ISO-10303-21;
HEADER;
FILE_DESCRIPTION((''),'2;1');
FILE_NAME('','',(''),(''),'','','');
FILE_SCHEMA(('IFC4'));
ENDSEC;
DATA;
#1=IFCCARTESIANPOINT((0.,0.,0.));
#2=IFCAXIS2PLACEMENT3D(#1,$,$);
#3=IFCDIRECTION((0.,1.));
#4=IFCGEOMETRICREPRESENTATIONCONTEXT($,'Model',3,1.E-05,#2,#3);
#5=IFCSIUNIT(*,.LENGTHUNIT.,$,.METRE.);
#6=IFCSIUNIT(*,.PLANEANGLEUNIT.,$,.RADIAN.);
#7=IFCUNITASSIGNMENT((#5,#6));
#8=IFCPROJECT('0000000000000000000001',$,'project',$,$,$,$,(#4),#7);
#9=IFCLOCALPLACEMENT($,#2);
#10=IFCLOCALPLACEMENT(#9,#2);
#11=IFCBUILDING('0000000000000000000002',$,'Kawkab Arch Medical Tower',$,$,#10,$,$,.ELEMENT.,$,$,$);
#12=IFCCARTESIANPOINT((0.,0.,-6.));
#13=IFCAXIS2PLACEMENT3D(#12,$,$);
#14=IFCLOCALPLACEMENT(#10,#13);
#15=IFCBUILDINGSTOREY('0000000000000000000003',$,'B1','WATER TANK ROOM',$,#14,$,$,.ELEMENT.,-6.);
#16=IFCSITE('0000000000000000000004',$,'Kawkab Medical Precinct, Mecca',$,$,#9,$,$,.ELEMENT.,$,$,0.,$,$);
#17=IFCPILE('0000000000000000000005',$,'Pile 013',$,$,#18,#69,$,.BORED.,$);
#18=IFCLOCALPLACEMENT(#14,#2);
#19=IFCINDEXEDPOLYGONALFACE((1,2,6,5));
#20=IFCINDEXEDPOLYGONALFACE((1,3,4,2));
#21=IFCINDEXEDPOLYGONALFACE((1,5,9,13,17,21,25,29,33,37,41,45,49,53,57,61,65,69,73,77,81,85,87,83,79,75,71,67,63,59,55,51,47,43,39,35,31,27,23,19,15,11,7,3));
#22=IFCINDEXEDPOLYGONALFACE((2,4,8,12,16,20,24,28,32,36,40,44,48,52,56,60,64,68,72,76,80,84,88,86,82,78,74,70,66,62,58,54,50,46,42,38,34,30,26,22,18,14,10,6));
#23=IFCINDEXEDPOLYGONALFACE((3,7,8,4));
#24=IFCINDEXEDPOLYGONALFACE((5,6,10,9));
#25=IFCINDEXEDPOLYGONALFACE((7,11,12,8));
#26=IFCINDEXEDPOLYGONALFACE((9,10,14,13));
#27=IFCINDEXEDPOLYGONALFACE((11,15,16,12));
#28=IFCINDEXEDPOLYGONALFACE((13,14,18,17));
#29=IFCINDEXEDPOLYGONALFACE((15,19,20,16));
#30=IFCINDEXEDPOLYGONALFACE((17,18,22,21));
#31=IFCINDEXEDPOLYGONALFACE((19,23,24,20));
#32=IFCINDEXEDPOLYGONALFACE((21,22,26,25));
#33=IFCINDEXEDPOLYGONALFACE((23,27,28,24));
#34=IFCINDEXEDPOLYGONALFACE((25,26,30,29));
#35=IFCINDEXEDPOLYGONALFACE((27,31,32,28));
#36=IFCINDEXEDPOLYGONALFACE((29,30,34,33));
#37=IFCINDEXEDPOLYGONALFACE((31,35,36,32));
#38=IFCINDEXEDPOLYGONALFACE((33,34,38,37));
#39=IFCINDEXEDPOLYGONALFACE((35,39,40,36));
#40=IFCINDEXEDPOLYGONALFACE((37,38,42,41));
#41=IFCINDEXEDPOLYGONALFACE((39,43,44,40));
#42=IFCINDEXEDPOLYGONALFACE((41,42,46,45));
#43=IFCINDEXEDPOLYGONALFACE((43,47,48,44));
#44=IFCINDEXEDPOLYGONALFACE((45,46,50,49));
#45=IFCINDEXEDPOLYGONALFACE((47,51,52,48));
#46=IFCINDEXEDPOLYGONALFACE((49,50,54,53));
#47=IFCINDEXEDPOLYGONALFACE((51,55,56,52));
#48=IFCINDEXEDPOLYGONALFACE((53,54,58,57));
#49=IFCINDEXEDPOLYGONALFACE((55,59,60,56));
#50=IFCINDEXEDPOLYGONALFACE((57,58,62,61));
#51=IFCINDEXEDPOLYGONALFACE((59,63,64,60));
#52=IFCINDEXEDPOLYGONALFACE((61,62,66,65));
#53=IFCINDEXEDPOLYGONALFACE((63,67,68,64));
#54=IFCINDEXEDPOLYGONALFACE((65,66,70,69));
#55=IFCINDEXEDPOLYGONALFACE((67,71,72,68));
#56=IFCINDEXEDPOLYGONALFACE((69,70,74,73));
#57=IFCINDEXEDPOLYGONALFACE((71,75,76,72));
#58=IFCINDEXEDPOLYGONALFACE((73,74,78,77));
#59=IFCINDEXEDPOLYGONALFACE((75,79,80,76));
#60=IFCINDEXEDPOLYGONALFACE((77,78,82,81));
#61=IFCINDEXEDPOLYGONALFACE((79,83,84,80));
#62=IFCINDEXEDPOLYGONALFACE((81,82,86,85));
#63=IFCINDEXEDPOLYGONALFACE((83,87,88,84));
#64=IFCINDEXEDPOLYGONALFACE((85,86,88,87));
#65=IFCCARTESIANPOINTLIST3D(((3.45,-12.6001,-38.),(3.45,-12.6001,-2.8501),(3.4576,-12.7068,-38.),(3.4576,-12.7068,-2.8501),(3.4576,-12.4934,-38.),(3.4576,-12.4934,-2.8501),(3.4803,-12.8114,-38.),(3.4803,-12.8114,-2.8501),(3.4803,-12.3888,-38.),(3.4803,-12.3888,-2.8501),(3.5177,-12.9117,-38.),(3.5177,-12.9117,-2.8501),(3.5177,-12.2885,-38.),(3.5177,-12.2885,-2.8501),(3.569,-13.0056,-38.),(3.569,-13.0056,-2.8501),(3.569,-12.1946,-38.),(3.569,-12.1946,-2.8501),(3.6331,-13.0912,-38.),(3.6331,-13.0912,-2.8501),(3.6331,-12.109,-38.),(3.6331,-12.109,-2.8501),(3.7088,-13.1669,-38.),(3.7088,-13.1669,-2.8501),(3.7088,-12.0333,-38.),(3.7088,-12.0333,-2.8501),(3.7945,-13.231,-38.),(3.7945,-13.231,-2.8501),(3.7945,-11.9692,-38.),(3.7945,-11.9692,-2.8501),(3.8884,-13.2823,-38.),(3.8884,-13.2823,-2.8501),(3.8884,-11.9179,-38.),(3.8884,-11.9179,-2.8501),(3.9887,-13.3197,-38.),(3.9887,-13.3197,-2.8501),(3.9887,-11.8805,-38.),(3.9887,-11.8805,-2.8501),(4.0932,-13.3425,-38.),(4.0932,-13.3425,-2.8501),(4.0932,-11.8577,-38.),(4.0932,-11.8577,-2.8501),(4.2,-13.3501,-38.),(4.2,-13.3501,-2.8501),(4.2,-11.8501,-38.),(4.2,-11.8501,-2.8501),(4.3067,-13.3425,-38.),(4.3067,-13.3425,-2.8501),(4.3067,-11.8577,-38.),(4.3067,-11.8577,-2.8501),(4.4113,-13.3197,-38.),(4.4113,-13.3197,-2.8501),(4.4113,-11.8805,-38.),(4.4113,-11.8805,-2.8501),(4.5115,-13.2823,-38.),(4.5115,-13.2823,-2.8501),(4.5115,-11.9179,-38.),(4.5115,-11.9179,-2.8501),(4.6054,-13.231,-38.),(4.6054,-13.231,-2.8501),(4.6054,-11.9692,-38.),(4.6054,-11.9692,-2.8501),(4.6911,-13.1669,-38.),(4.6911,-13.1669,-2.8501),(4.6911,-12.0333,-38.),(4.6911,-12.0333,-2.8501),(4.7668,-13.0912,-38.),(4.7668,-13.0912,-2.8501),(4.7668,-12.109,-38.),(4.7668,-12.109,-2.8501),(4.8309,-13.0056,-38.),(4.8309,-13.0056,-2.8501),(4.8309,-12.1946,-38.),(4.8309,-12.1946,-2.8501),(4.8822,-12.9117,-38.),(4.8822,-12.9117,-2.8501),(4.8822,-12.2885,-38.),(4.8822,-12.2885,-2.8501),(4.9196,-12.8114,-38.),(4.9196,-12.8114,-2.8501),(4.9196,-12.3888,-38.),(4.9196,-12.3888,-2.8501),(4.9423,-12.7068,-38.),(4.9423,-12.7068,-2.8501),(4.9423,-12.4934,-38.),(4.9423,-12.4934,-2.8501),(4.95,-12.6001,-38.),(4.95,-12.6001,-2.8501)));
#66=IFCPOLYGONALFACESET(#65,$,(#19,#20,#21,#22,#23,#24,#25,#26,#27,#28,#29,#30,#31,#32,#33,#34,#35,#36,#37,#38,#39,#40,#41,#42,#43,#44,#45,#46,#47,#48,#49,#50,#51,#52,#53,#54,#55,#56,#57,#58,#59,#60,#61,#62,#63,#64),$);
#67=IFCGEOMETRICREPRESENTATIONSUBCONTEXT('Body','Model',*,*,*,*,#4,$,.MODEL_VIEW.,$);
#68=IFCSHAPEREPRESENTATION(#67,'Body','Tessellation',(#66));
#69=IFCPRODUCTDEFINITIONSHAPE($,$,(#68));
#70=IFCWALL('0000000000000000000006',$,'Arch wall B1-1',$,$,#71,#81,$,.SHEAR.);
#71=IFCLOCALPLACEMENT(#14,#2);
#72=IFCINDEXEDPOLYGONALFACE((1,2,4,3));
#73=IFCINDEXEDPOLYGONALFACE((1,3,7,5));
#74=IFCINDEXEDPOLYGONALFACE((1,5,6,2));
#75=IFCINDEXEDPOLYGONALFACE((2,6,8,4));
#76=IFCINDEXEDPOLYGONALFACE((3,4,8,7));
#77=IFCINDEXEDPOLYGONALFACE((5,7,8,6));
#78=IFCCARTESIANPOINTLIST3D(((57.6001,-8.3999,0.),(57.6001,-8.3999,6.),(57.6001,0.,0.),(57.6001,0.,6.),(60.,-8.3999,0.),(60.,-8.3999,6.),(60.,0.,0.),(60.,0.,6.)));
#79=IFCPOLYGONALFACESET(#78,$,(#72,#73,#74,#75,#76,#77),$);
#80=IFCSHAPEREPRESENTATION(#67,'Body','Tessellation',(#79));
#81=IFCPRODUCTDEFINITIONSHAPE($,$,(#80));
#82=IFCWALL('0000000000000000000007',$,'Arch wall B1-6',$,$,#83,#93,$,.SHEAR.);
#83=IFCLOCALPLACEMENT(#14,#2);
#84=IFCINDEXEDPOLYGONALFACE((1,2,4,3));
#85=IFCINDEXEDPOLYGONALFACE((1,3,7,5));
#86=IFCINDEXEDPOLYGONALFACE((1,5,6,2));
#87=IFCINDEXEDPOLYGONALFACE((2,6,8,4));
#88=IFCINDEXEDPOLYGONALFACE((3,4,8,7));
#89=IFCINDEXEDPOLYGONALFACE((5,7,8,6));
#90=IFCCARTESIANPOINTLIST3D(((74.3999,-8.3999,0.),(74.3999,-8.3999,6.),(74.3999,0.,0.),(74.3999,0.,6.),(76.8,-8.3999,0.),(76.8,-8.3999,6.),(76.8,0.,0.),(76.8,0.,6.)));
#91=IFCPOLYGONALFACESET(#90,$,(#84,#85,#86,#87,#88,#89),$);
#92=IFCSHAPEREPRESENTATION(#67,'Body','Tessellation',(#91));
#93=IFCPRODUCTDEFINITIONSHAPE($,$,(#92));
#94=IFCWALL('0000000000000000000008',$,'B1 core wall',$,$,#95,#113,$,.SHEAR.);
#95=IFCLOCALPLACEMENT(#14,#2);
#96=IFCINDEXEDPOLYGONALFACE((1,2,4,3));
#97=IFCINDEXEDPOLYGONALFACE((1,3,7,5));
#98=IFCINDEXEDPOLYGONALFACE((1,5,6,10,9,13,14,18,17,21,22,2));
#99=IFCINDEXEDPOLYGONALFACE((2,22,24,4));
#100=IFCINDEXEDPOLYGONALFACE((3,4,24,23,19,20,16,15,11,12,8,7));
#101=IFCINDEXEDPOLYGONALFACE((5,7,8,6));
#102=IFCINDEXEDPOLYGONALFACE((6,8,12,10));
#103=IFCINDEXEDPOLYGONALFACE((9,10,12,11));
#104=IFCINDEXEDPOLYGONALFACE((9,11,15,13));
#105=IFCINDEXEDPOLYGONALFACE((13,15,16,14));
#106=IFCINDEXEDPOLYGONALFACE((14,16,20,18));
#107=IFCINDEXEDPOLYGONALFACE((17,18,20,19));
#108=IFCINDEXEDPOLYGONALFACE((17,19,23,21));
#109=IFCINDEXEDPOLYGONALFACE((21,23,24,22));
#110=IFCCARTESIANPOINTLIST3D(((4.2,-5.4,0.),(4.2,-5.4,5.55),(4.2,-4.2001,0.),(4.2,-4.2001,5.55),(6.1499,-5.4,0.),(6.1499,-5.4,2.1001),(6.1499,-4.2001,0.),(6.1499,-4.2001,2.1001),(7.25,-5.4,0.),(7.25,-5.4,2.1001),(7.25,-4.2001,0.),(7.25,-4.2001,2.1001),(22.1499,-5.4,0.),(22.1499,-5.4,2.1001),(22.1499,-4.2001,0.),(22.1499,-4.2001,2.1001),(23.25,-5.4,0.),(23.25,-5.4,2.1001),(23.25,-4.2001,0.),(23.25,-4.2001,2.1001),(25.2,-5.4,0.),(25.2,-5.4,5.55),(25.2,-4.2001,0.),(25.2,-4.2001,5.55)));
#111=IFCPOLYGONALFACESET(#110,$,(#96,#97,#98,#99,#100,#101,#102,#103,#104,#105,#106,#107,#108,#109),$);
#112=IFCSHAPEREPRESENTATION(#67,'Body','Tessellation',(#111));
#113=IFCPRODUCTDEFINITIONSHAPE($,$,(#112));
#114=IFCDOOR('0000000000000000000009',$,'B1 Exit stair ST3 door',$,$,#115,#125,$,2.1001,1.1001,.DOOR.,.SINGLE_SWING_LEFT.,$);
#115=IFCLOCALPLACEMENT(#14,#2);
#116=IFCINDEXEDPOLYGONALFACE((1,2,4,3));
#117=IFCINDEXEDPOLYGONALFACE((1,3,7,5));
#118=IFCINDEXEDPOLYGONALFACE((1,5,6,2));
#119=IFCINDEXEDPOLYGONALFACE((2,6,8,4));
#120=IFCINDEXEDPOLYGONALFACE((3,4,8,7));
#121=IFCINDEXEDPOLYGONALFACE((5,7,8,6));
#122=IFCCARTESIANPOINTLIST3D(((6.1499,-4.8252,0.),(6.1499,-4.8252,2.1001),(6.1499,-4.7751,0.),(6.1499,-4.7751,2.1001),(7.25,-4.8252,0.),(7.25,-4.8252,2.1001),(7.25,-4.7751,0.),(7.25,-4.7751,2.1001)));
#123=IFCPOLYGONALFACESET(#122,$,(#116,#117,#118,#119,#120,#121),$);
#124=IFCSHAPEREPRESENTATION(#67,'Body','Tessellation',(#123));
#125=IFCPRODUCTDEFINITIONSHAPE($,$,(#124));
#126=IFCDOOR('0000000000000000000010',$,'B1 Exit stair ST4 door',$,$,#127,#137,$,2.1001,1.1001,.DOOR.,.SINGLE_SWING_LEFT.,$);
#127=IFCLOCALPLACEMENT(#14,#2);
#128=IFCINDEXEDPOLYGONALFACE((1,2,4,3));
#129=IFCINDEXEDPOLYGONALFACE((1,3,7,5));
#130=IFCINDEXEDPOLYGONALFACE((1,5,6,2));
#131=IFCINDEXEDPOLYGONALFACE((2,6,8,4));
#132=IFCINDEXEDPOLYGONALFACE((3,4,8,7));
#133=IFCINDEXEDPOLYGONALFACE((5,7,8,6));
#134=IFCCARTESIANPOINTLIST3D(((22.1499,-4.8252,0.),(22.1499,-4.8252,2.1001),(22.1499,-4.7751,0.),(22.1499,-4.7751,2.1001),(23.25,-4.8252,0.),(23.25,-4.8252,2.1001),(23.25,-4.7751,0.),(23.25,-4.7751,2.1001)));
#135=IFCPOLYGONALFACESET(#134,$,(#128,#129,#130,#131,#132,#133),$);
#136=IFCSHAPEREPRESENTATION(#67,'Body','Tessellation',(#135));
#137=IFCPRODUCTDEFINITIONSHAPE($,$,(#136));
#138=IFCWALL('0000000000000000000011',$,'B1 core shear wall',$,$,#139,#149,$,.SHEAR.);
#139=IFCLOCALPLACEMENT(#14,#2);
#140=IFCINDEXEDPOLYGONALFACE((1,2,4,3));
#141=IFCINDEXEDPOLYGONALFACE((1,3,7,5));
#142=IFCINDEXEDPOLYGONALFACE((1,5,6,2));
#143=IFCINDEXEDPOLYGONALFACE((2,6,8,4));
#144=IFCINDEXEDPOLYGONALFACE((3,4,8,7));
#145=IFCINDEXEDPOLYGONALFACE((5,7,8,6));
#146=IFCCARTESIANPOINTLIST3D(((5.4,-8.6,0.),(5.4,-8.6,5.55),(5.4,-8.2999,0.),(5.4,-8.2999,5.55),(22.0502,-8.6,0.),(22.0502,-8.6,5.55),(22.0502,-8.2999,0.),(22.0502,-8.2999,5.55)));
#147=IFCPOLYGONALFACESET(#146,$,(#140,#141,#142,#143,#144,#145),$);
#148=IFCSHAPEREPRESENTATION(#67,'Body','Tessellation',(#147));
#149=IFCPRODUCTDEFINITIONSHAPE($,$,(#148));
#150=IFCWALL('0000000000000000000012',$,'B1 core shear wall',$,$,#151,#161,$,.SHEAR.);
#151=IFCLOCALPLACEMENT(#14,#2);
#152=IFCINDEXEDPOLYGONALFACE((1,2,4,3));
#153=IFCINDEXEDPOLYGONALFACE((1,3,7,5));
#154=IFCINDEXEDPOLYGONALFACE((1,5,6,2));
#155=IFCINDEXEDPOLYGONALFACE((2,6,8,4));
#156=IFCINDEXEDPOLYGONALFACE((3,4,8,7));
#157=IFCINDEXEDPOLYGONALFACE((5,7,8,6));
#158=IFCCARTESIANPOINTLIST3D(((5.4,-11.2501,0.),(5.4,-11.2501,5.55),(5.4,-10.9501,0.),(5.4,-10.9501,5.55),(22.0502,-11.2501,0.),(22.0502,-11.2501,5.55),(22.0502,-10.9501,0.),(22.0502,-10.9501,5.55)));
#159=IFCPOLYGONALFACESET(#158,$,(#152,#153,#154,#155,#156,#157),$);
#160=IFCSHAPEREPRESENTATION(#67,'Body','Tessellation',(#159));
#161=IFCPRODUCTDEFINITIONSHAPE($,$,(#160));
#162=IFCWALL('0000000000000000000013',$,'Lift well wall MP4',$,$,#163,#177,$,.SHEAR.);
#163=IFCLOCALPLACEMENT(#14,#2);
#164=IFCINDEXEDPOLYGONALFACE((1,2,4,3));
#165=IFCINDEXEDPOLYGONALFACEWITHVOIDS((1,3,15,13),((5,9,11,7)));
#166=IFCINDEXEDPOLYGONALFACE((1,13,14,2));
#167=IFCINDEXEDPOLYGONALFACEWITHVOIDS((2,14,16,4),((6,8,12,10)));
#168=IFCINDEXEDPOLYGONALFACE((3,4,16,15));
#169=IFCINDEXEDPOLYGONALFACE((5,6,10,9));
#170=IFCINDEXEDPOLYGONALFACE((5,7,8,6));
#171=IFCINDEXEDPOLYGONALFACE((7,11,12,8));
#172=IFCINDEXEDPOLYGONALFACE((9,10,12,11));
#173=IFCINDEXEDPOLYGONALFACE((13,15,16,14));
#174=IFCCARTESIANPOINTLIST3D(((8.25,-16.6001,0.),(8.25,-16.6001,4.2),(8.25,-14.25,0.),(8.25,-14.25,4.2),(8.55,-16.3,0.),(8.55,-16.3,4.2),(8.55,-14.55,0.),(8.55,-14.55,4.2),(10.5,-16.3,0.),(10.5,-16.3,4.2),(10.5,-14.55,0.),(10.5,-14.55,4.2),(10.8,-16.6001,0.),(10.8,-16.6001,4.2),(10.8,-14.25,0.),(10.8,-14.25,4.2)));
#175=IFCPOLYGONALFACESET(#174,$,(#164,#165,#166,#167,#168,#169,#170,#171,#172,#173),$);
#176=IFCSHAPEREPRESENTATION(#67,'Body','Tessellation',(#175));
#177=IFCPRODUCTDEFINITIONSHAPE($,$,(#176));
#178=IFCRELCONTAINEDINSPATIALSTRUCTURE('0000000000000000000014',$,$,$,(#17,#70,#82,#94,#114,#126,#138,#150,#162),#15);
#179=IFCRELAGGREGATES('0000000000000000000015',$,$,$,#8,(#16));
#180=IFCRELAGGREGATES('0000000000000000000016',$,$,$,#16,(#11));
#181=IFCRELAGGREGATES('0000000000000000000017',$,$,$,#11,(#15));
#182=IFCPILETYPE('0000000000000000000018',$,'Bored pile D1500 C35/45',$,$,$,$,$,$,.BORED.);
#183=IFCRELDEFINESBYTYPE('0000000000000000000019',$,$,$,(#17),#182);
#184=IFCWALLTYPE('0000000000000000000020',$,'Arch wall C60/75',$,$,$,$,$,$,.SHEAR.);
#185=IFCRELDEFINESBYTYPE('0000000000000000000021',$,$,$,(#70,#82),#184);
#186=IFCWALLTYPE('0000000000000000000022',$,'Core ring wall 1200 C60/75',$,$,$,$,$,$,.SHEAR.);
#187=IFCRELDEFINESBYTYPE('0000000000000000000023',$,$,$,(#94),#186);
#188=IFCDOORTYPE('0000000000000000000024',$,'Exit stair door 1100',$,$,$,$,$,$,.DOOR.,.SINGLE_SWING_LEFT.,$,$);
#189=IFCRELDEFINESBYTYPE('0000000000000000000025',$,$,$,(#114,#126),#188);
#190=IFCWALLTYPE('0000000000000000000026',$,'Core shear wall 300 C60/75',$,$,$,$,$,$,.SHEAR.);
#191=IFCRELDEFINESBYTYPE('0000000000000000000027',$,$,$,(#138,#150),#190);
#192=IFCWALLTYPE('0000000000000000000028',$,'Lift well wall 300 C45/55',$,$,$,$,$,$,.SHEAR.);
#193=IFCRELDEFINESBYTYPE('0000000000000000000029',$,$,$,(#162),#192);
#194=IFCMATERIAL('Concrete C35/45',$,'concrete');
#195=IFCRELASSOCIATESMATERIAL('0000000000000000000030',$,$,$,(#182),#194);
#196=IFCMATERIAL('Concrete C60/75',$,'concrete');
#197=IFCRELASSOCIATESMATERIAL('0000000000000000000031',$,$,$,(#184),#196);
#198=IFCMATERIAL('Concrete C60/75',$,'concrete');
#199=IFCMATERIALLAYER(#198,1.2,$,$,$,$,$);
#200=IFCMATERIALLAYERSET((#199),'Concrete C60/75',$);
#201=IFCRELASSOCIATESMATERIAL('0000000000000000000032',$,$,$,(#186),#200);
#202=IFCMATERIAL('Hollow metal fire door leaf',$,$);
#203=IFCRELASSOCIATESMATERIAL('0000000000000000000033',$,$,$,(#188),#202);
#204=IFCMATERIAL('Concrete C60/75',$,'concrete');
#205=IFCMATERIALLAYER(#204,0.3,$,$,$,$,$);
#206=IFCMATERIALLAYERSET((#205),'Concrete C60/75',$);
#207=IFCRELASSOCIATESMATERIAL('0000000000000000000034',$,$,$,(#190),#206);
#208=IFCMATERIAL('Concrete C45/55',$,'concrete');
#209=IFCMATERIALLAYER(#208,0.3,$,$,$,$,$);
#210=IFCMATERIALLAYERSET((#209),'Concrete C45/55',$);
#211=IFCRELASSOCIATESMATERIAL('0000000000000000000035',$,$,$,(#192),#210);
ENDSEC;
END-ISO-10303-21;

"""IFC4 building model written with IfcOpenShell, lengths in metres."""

from ifc_helpers import new_model, si_unit, direction, frame, frame_2d, origin, origin_2d, place, context, subcontext, project, spatial, polyline, rectangle, circle, outline, extrude, material, layer, layer_set, material_profile, profile_set, type_object, element, fill, save


model = new_model("IFC4")

# Units and contexts
model_context = context("Model", 3, precision=1e-05, world=origin(), true_north=direction((0.0, 1.0)))
body_context = subcontext(model_context, "Body", "Model", "MODEL_VIEW")
ifc_project = project(units=[si_unit("LENGTHUNIT", "METRE"), si_unit("PLANEANGLEUNIT", "RADIAN")], contexts=[model_context])

# Site, building, storey
site_placement = place(None, origin())
site = spatial("IfcSite", under=ifc_project, at=site_placement, Name="Kawkab Medical Precinct, Mecca", CompositionType="ELEMENT", RefElevation=0.0)
building_placement = place(site_placement, origin())
building = spatial("IfcBuilding", under=site, at=building_placement, Name="Kawkab Arch Medical Tower", CompositionType="ELEMENT")
storey_placement = place(building_placement, frame((0.0, 0.0, -6.0)))
storey = spatial("IfcBuildingStorey", under=building, at=storey_placement, Name="B1", Description="WATER TANK ROOM", CompositionType="ELEMENT", Elevation=-6.0)

# Pile
ifc_material_1 = material(Name="Concrete C35/45", Category="concrete")
ifc_material_profile_1 = material_profile(ifc_material_1, circle(Radius=0.75, at=origin_2d()), Name="Bored pile D1500")
ifc_profile_set_1 = profile_set([ifc_material_profile_1], Name="Concrete C35/45")
pile_type_1 = type_object("IfcPileType", Name="Bored pile D1500 C35/45", PredefinedType="BORED", material=ifc_profile_set_1)
for number, where, z_axis, x_axis, name in (
    (1, (4.2, -12.6001, -2.8501), (0.0, 0.0, -1.0), (1.0, 0.0, 0.0), "Pile 013"),
):
    element("IfcPile", number, at=place(storey_placement, frame(where, z_axis=z_axis, x_axis=x_axis)), inside=storey, type_object=pile_type_1, Name=name, PredefinedType="BORED", context=body_context, shape_type="SweptSolid", body=[
        extrude(circle(Radius=0.75, at=origin_2d()), origin(), (0.0, 0.0, 1.0), 35.1499),
    ])

# Walls
ifc_material_2 = material(Name="Concrete C60/75", Category="concrete")
wall_type_1 = type_object("IfcWallType", Name="Arch wall C60/75", PredefinedType="SHEAR", material=ifc_material_2)
placement_1 = place(storey_placement, frame((0.0, 0.0, 6.0), z_axis=(0.0, -1.0, 0.0), x_axis=(1.0, 0.0, 0.0)))
element("IfcWall", 2, at=placement_1, inside=storey, type_object=wall_type_1, Name="Arch wall B1-1", PredefinedType="SHEAR", context=body_context, shape_type="SweptSolid", body=[
    extrude(outline(polyline([(60.0, 0.0), (60.0, -6.0), (57.6001, -6.0), (57.6001, 0.0), (60.0, 0.0)])), origin(), (0.0, 0.0, 1.0), 8.3999),
])
element("IfcWall", 3, at=placement_1, inside=storey, type_object=wall_type_1, Name="Arch wall B1-6", PredefinedType="SHEAR", context=body_context, shape_type="SweptSolid", body=[
    extrude(outline(polyline([(74.3999, -6.0), (74.3999, 0.0), (76.8, 0.0), (76.8, -6.0), (74.3999, -6.0)])), origin(), (0.0, 0.0, 1.0), 8.3999),
])

# Wall, openings, doors
ifc_material_3 = material(Name="Concrete C60/75", Category="concrete")
ifc_layer_1 = layer(ifc_material_3, 1.2)
ifc_layer_set_1 = layer_set([ifc_layer_1], Name="Concrete C60/75")
wall_type_2 = type_object("IfcWallType", Name="Core ring wall 1200 C60/75", PredefinedType="SHEAR", material=ifc_layer_set_1)
wall_1_placement = place(storey_placement, frame((4.2, -4.8, 0.0), z_axis=(0.0, 0.0, 1.0), x_axis=(1.0, 0.0, 0.0)))
wall_1 = element("IfcWall", 4, at=wall_1_placement, inside=storey, type_object=wall_type_2, Name="B1 core wall", PredefinedType="SHEAR", context=body_context, shape_type="SweptSolid", body=[
    extrude(rectangle(XDim=21.0, YDim=1.2, at=frame_2d((10.5, 0.0))), origin(), (0.0, 0.0, 1.0), 5.55),
])
opening_1_placement = place(wall_1_placement, frame((1.95, 0.0, 0.0)))
opening_1 = element("IfcOpeningElement", 5, at=opening_1_placement, cuts=wall_1, PredefinedType="OPENING", context=body_context, shape_type="SweptSolid", body=[
    extrude(rectangle(XDim=1.1001, YDim=2.1001, at=frame_2d((0.55, 1.05))), frame((0.0, 0.6099, 0.0), z_axis=(0.0, -1.0, 0.0), x_axis=(1.0, 0.0, 0.0)), (0.0, 0.0, 1.0), 1.22),
])
opening_2_placement = place(wall_1_placement, frame((17.95, 0.0, 0.0)))
opening_2 = element("IfcOpeningElement", 6, at=opening_2_placement, cuts=wall_1, PredefinedType="OPENING", context=body_context, shape_type="SweptSolid", body=[
    extrude(rectangle(XDim=1.1001, YDim=2.1001, at=frame_2d((0.55, 1.05))), frame((0.0, 0.6099, 0.0), z_axis=(0.0, -1.0, 0.0), x_axis=(1.0, 0.0, 0.0)), (0.0, 0.0, 1.0), 1.22),
])
ifc_material_4 = material(Name="Hollow metal fire door leaf")
door_type = type_object("IfcDoorType", Name="Exit stair door 1100", OperationType="SINGLE_SWING_LEFT", PredefinedType="DOOR", material=ifc_material_4)
door_1_placement = place(opening_1_placement, origin())
door_1 = element("IfcDoor", 7, at=door_1_placement, inside=storey, type_object=door_type, Name="B1 Exit stair ST3 door", OperationType="SINGLE_SWING_LEFT", OverallHeight=2.1001, OverallWidth=1.1001, PredefinedType="DOOR", context=body_context, shape_type="SweptSolid", body=[
    extrude(rectangle(XDim=1.1001, YDim=2.1001, at=frame_2d((0.55, 1.05))), frame((0.0, 0.0249, 0.0), z_axis=(0.0, -1.0, 0.0), x_axis=(1.0, 0.0, 0.0)), (0.0, 0.0, 1.0), 0.05),
])
fill(opening_1, door_1)
door_2_placement = place(opening_2_placement, origin())
door_2 = element("IfcDoor", 8, at=door_2_placement, inside=storey, type_object=door_type, Name="B1 Exit stair ST4 door", OperationType="SINGLE_SWING_LEFT", OverallHeight=2.1001, OverallWidth=1.1001, PredefinedType="DOOR", context=body_context, shape_type="SweptSolid", body=[
    extrude(rectangle(XDim=1.1001, YDim=2.1001, at=frame_2d((0.55, 1.05))), frame((0.0, 0.0249, 0.0), z_axis=(0.0, -1.0, 0.0), x_axis=(1.0, 0.0, 0.0)), (0.0, 0.0, 1.0), 0.05),
])
fill(opening_2, door_2)

# Walls
ifc_material_5 = material(Name="Concrete C60/75", Category="concrete")
ifc_layer_2 = layer(ifc_material_5, 0.3)
ifc_layer_set_2 = layer_set([ifc_layer_2], Name="Concrete C60/75")
wall_type_3 = type_object("IfcWallType", Name="Core shear wall 300 C60/75", PredefinedType="SHEAR", material=ifc_layer_set_2)
for number, where, z_axis, x_axis, name in (
    (9, (5.3999, -8.45, 0.0), (0.0, 0.0, 1.0), (1.0, 0.0, 0.0), "B1 core shear wall"),
    (10, (5.3999, -11.1001, 0.0), (0.0, 0.0, 1.0), (1.0, 0.0, 0.0), "B1 core shear wall"),
):
    element("IfcWall", number, at=place(storey_placement, frame(where, z_axis=z_axis, x_axis=x_axis)), inside=storey, type_object=wall_type_3, Name=name, PredefinedType="SHEAR", context=body_context, shape_type="SweptSolid", body=[
        extrude(rectangle(XDim=16.6501, YDim=0.3, at=frame_2d((8.3252, 0.0))), origin(), (0.0, 0.0, 1.0), 5.55),
    ])
ifc_material_6 = material(Name="Concrete C45/55", Category="concrete")
ifc_layer_3 = layer(ifc_material_6, 0.3)
ifc_layer_set_3 = layer_set([ifc_layer_3], Name="Concrete C45/55")
wall_type_4 = type_object("IfcWallType", Name="Lift well wall 300 C45/55", PredefinedType="SHEAR", material=ifc_layer_set_3)
placement_2 = place(storey_placement, origin())
element("IfcWall", 11, at=placement_2, inside=storey, type_object=wall_type_4, Name="Lift well wall MP4", PredefinedType="SHEAR", context=body_context, shape_type="SweptSolid", body=[
    extrude(outline(polyline([(8.25, -16.6001), (8.25, -14.25), (10.8, -14.25), (10.8, -16.6001), (8.25, -16.6001)]), holes=[polyline([(10.5, -14.55), (8.55, -14.55), (8.55, -16.3), (10.5, -16.3), (10.5, -14.55)])]), origin(), (0.0, 0.0, 1.0), 4.2),
])

save(model, "model.ifc")
